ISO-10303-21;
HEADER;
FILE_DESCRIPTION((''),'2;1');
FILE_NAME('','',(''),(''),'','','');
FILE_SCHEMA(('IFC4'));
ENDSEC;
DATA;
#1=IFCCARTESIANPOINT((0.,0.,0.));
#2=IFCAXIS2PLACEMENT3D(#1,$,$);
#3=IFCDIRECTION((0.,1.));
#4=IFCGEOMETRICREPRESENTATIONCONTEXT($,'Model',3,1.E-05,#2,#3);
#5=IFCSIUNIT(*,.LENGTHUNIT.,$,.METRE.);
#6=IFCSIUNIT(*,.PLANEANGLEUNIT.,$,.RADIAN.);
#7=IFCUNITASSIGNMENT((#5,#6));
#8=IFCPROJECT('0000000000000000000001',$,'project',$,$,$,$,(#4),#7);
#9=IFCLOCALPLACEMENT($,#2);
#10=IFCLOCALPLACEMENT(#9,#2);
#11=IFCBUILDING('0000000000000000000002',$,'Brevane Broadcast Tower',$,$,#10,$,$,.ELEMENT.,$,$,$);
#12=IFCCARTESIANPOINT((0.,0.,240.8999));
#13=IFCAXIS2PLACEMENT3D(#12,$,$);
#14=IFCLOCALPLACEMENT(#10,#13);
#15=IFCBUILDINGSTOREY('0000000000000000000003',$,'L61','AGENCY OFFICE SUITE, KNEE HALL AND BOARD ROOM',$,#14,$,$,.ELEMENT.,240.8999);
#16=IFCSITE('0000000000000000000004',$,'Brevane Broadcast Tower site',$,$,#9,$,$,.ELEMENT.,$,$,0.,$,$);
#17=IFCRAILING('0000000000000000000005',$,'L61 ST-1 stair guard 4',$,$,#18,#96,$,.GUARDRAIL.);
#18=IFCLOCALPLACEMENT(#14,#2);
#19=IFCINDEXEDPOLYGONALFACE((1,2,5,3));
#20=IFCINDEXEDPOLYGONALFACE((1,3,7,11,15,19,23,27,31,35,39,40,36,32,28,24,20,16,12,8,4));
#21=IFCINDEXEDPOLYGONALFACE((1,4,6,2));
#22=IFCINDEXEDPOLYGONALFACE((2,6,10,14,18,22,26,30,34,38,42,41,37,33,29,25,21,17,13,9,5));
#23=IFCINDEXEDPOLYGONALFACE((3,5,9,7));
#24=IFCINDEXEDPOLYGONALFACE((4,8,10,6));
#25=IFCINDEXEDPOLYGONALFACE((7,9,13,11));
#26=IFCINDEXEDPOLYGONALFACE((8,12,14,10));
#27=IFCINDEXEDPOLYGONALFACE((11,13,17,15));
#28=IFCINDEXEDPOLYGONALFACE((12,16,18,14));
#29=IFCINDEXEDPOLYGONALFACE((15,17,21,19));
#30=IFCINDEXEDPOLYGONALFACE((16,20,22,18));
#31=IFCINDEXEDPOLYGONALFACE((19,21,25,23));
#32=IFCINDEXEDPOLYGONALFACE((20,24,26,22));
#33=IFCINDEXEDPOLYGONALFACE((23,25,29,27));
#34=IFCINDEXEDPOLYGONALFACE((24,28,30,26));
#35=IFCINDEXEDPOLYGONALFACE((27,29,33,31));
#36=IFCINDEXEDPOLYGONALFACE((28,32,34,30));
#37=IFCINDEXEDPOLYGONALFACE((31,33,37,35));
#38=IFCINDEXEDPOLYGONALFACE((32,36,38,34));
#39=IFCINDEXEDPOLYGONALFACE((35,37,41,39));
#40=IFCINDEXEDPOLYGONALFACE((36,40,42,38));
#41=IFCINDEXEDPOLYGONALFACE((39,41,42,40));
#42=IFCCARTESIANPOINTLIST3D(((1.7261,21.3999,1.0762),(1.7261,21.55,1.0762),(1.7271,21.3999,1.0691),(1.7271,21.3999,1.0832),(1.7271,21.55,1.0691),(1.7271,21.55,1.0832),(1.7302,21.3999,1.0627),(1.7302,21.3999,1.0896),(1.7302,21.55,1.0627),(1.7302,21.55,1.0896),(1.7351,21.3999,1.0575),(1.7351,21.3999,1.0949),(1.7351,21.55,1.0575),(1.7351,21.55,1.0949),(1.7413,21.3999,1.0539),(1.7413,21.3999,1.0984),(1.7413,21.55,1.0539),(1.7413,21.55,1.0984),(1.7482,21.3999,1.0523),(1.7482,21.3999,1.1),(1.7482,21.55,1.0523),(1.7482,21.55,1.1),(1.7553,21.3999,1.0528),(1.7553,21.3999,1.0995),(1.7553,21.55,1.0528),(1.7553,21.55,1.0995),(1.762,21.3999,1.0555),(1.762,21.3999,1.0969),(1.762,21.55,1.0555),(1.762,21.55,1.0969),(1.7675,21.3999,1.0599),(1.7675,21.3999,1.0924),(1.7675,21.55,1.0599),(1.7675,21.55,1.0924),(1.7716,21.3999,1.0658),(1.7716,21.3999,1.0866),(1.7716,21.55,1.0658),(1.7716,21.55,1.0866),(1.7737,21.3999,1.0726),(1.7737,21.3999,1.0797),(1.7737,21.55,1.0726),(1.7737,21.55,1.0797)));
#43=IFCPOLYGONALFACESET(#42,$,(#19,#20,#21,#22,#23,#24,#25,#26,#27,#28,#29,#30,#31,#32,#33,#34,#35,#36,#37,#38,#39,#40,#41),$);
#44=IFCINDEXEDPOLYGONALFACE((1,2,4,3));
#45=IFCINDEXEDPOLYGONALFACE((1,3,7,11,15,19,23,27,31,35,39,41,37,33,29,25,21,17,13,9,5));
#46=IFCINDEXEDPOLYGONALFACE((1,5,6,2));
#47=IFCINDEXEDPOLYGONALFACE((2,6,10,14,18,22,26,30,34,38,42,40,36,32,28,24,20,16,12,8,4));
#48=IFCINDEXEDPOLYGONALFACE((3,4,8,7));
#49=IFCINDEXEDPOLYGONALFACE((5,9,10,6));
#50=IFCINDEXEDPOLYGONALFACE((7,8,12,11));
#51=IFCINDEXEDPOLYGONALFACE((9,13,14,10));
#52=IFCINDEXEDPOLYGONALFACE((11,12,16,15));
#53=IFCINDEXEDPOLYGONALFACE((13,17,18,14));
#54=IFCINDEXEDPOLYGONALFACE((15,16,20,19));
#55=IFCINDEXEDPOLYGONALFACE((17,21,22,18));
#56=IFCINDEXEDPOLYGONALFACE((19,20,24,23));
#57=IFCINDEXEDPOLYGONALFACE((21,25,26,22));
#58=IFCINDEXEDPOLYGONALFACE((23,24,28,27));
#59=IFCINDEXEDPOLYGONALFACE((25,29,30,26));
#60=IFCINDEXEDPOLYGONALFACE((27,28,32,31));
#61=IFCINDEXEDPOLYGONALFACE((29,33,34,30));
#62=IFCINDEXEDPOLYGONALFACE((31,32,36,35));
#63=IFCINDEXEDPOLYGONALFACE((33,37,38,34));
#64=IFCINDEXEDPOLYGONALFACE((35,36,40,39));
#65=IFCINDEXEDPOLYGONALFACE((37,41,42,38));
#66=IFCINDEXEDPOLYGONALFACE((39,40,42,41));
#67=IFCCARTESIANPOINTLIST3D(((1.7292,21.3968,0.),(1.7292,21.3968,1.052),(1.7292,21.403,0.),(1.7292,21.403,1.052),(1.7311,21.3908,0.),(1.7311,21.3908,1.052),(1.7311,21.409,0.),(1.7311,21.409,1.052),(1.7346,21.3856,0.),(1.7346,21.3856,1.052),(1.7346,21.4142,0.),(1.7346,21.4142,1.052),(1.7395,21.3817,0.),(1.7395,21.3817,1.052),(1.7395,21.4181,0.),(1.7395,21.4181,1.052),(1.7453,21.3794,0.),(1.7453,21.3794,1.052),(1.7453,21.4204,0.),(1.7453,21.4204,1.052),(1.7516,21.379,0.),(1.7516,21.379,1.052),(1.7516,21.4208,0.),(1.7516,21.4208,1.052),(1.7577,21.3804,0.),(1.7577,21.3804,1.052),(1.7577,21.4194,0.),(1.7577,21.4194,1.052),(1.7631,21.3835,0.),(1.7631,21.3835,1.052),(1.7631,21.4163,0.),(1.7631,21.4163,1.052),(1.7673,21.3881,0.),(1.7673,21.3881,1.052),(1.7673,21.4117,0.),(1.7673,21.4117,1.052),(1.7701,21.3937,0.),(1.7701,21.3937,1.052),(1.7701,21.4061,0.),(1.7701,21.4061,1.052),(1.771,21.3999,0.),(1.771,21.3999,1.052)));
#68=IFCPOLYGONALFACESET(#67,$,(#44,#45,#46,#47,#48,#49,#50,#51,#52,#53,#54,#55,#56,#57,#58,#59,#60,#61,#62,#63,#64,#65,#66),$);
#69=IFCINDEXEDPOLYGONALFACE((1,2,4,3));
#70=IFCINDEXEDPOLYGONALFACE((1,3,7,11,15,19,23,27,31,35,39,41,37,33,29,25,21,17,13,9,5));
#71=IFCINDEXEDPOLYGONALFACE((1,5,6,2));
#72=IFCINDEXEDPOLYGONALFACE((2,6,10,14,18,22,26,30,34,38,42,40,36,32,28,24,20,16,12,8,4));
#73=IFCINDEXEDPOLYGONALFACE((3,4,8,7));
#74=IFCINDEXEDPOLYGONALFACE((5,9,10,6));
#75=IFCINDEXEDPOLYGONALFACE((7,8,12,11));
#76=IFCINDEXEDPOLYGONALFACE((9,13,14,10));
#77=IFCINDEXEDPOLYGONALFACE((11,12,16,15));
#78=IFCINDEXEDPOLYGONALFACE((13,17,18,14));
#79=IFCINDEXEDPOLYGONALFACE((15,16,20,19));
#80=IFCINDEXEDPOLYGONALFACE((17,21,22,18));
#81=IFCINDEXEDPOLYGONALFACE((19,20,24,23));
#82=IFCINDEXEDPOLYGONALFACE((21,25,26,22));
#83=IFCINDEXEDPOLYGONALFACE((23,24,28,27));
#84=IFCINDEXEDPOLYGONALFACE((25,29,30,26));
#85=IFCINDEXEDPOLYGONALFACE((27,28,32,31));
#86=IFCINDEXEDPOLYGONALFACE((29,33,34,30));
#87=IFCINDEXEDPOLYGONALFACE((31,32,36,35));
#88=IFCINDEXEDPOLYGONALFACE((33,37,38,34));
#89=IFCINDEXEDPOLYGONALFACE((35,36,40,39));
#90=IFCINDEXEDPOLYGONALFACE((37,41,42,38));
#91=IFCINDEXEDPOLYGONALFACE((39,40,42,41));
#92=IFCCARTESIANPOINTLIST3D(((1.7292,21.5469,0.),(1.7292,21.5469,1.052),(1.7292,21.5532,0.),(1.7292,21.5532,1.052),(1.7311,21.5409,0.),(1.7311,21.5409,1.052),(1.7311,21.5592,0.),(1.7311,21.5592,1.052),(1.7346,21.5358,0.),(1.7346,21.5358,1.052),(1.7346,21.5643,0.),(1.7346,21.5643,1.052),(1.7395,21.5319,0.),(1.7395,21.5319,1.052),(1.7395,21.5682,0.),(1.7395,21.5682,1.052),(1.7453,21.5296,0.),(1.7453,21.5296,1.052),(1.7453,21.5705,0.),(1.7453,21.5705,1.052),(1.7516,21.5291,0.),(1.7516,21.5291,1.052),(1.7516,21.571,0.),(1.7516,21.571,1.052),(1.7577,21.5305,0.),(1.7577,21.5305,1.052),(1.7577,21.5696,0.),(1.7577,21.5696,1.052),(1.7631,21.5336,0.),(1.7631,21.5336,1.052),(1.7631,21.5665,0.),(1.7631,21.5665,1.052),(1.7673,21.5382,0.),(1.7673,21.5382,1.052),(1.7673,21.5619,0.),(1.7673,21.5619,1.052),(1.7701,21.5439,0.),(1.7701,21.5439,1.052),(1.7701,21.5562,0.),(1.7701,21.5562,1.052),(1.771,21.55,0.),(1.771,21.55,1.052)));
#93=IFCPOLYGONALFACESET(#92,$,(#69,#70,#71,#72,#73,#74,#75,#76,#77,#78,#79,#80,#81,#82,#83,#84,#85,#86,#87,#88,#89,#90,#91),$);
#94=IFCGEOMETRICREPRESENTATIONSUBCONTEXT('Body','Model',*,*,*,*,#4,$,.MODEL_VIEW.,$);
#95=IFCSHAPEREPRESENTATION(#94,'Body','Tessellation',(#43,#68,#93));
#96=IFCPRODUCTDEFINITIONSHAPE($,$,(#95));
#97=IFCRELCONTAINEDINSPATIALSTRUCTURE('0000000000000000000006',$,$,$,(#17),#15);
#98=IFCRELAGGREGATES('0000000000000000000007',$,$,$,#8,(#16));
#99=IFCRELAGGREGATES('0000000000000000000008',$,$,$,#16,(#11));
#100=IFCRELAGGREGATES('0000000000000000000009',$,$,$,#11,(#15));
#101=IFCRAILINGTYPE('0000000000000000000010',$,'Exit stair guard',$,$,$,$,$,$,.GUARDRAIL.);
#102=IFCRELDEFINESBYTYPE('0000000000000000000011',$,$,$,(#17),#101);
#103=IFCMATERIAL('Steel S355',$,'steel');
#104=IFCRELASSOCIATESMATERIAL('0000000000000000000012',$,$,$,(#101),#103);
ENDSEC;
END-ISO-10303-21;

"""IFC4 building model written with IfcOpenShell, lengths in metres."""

from ifc_helpers import new_model, si_unit, direction, frame, origin, origin_2d, place, context, subcontext, project, spatial, circle, extrude, material, type_object, element, save


model = new_model("IFC4")

# Units and contexts
model_context = context("Model", 3, precision=1e-05, world=origin(), true_north=direction((0.0, 1.0)))
body_context = subcontext(model_context, "Body", "Model", "MODEL_VIEW")
ifc_project = project(units=[si_unit("LENGTHUNIT", "METRE"), si_unit("PLANEANGLEUNIT", "RADIAN")], contexts=[model_context])

# Site, building, storey
site_placement = place(None, origin())
site = spatial("IfcSite", under=ifc_project, at=site_placement, Name="Brevane Broadcast Tower site", CompositionType="ELEMENT", RefElevation=0.0)
building_placement = place(site_placement, origin())
building = spatial("IfcBuilding", under=site, at=building_placement, Name="Brevane Broadcast Tower", CompositionType="ELEMENT")
storey_placement = place(building_placement, frame((0.0, 0.0, 240.8999)))
storey = spatial("IfcBuildingStorey", under=building, at=storey_placement, Name="L61", Description="AGENCY OFFICE SUITE, KNEE HALL AND BOARD ROOM", CompositionType="ELEMENT", Elevation=240.8999)

# Railing
ifc_material_1 = material(Name="Steel S355", Category="steel")
railing_type_1 = type_object("IfcRailingType", Name="Exit stair guard", PredefinedType="GUARDRAIL", material=ifc_material_1)
railing_1_placement = place(storey_placement, frame((1.75, 21.3999, 0.0)))
element("IfcRailing", 1, at=railing_1_placement, inside=storey, type_object=railing_type_1, Name="L61 ST-1 stair guard 4", PredefinedType="GUARDRAIL", context=body_context, shape_type="SweptSolid", body=[
    extrude(circle(Radius=0.0239, at=origin_2d()), frame((0.0, 0.0, 1.0762), z_axis=(0.0, 1.0, 0.0), x_axis=(-1.0, 0.0, 0.0)), (0.0, 0.0, 1.0), 0.1501),
    extrude(circle(Radius=0.021, at=origin_2d()), origin(), (0.0, 0.0, 1.0), 1.052),
    extrude(circle(Radius=0.021, at=origin_2d()), frame((0.0, 0.1501, 0.0)), (0.0, 0.0, 1.0), 1.052),
])

save(model, "model.ifc")
